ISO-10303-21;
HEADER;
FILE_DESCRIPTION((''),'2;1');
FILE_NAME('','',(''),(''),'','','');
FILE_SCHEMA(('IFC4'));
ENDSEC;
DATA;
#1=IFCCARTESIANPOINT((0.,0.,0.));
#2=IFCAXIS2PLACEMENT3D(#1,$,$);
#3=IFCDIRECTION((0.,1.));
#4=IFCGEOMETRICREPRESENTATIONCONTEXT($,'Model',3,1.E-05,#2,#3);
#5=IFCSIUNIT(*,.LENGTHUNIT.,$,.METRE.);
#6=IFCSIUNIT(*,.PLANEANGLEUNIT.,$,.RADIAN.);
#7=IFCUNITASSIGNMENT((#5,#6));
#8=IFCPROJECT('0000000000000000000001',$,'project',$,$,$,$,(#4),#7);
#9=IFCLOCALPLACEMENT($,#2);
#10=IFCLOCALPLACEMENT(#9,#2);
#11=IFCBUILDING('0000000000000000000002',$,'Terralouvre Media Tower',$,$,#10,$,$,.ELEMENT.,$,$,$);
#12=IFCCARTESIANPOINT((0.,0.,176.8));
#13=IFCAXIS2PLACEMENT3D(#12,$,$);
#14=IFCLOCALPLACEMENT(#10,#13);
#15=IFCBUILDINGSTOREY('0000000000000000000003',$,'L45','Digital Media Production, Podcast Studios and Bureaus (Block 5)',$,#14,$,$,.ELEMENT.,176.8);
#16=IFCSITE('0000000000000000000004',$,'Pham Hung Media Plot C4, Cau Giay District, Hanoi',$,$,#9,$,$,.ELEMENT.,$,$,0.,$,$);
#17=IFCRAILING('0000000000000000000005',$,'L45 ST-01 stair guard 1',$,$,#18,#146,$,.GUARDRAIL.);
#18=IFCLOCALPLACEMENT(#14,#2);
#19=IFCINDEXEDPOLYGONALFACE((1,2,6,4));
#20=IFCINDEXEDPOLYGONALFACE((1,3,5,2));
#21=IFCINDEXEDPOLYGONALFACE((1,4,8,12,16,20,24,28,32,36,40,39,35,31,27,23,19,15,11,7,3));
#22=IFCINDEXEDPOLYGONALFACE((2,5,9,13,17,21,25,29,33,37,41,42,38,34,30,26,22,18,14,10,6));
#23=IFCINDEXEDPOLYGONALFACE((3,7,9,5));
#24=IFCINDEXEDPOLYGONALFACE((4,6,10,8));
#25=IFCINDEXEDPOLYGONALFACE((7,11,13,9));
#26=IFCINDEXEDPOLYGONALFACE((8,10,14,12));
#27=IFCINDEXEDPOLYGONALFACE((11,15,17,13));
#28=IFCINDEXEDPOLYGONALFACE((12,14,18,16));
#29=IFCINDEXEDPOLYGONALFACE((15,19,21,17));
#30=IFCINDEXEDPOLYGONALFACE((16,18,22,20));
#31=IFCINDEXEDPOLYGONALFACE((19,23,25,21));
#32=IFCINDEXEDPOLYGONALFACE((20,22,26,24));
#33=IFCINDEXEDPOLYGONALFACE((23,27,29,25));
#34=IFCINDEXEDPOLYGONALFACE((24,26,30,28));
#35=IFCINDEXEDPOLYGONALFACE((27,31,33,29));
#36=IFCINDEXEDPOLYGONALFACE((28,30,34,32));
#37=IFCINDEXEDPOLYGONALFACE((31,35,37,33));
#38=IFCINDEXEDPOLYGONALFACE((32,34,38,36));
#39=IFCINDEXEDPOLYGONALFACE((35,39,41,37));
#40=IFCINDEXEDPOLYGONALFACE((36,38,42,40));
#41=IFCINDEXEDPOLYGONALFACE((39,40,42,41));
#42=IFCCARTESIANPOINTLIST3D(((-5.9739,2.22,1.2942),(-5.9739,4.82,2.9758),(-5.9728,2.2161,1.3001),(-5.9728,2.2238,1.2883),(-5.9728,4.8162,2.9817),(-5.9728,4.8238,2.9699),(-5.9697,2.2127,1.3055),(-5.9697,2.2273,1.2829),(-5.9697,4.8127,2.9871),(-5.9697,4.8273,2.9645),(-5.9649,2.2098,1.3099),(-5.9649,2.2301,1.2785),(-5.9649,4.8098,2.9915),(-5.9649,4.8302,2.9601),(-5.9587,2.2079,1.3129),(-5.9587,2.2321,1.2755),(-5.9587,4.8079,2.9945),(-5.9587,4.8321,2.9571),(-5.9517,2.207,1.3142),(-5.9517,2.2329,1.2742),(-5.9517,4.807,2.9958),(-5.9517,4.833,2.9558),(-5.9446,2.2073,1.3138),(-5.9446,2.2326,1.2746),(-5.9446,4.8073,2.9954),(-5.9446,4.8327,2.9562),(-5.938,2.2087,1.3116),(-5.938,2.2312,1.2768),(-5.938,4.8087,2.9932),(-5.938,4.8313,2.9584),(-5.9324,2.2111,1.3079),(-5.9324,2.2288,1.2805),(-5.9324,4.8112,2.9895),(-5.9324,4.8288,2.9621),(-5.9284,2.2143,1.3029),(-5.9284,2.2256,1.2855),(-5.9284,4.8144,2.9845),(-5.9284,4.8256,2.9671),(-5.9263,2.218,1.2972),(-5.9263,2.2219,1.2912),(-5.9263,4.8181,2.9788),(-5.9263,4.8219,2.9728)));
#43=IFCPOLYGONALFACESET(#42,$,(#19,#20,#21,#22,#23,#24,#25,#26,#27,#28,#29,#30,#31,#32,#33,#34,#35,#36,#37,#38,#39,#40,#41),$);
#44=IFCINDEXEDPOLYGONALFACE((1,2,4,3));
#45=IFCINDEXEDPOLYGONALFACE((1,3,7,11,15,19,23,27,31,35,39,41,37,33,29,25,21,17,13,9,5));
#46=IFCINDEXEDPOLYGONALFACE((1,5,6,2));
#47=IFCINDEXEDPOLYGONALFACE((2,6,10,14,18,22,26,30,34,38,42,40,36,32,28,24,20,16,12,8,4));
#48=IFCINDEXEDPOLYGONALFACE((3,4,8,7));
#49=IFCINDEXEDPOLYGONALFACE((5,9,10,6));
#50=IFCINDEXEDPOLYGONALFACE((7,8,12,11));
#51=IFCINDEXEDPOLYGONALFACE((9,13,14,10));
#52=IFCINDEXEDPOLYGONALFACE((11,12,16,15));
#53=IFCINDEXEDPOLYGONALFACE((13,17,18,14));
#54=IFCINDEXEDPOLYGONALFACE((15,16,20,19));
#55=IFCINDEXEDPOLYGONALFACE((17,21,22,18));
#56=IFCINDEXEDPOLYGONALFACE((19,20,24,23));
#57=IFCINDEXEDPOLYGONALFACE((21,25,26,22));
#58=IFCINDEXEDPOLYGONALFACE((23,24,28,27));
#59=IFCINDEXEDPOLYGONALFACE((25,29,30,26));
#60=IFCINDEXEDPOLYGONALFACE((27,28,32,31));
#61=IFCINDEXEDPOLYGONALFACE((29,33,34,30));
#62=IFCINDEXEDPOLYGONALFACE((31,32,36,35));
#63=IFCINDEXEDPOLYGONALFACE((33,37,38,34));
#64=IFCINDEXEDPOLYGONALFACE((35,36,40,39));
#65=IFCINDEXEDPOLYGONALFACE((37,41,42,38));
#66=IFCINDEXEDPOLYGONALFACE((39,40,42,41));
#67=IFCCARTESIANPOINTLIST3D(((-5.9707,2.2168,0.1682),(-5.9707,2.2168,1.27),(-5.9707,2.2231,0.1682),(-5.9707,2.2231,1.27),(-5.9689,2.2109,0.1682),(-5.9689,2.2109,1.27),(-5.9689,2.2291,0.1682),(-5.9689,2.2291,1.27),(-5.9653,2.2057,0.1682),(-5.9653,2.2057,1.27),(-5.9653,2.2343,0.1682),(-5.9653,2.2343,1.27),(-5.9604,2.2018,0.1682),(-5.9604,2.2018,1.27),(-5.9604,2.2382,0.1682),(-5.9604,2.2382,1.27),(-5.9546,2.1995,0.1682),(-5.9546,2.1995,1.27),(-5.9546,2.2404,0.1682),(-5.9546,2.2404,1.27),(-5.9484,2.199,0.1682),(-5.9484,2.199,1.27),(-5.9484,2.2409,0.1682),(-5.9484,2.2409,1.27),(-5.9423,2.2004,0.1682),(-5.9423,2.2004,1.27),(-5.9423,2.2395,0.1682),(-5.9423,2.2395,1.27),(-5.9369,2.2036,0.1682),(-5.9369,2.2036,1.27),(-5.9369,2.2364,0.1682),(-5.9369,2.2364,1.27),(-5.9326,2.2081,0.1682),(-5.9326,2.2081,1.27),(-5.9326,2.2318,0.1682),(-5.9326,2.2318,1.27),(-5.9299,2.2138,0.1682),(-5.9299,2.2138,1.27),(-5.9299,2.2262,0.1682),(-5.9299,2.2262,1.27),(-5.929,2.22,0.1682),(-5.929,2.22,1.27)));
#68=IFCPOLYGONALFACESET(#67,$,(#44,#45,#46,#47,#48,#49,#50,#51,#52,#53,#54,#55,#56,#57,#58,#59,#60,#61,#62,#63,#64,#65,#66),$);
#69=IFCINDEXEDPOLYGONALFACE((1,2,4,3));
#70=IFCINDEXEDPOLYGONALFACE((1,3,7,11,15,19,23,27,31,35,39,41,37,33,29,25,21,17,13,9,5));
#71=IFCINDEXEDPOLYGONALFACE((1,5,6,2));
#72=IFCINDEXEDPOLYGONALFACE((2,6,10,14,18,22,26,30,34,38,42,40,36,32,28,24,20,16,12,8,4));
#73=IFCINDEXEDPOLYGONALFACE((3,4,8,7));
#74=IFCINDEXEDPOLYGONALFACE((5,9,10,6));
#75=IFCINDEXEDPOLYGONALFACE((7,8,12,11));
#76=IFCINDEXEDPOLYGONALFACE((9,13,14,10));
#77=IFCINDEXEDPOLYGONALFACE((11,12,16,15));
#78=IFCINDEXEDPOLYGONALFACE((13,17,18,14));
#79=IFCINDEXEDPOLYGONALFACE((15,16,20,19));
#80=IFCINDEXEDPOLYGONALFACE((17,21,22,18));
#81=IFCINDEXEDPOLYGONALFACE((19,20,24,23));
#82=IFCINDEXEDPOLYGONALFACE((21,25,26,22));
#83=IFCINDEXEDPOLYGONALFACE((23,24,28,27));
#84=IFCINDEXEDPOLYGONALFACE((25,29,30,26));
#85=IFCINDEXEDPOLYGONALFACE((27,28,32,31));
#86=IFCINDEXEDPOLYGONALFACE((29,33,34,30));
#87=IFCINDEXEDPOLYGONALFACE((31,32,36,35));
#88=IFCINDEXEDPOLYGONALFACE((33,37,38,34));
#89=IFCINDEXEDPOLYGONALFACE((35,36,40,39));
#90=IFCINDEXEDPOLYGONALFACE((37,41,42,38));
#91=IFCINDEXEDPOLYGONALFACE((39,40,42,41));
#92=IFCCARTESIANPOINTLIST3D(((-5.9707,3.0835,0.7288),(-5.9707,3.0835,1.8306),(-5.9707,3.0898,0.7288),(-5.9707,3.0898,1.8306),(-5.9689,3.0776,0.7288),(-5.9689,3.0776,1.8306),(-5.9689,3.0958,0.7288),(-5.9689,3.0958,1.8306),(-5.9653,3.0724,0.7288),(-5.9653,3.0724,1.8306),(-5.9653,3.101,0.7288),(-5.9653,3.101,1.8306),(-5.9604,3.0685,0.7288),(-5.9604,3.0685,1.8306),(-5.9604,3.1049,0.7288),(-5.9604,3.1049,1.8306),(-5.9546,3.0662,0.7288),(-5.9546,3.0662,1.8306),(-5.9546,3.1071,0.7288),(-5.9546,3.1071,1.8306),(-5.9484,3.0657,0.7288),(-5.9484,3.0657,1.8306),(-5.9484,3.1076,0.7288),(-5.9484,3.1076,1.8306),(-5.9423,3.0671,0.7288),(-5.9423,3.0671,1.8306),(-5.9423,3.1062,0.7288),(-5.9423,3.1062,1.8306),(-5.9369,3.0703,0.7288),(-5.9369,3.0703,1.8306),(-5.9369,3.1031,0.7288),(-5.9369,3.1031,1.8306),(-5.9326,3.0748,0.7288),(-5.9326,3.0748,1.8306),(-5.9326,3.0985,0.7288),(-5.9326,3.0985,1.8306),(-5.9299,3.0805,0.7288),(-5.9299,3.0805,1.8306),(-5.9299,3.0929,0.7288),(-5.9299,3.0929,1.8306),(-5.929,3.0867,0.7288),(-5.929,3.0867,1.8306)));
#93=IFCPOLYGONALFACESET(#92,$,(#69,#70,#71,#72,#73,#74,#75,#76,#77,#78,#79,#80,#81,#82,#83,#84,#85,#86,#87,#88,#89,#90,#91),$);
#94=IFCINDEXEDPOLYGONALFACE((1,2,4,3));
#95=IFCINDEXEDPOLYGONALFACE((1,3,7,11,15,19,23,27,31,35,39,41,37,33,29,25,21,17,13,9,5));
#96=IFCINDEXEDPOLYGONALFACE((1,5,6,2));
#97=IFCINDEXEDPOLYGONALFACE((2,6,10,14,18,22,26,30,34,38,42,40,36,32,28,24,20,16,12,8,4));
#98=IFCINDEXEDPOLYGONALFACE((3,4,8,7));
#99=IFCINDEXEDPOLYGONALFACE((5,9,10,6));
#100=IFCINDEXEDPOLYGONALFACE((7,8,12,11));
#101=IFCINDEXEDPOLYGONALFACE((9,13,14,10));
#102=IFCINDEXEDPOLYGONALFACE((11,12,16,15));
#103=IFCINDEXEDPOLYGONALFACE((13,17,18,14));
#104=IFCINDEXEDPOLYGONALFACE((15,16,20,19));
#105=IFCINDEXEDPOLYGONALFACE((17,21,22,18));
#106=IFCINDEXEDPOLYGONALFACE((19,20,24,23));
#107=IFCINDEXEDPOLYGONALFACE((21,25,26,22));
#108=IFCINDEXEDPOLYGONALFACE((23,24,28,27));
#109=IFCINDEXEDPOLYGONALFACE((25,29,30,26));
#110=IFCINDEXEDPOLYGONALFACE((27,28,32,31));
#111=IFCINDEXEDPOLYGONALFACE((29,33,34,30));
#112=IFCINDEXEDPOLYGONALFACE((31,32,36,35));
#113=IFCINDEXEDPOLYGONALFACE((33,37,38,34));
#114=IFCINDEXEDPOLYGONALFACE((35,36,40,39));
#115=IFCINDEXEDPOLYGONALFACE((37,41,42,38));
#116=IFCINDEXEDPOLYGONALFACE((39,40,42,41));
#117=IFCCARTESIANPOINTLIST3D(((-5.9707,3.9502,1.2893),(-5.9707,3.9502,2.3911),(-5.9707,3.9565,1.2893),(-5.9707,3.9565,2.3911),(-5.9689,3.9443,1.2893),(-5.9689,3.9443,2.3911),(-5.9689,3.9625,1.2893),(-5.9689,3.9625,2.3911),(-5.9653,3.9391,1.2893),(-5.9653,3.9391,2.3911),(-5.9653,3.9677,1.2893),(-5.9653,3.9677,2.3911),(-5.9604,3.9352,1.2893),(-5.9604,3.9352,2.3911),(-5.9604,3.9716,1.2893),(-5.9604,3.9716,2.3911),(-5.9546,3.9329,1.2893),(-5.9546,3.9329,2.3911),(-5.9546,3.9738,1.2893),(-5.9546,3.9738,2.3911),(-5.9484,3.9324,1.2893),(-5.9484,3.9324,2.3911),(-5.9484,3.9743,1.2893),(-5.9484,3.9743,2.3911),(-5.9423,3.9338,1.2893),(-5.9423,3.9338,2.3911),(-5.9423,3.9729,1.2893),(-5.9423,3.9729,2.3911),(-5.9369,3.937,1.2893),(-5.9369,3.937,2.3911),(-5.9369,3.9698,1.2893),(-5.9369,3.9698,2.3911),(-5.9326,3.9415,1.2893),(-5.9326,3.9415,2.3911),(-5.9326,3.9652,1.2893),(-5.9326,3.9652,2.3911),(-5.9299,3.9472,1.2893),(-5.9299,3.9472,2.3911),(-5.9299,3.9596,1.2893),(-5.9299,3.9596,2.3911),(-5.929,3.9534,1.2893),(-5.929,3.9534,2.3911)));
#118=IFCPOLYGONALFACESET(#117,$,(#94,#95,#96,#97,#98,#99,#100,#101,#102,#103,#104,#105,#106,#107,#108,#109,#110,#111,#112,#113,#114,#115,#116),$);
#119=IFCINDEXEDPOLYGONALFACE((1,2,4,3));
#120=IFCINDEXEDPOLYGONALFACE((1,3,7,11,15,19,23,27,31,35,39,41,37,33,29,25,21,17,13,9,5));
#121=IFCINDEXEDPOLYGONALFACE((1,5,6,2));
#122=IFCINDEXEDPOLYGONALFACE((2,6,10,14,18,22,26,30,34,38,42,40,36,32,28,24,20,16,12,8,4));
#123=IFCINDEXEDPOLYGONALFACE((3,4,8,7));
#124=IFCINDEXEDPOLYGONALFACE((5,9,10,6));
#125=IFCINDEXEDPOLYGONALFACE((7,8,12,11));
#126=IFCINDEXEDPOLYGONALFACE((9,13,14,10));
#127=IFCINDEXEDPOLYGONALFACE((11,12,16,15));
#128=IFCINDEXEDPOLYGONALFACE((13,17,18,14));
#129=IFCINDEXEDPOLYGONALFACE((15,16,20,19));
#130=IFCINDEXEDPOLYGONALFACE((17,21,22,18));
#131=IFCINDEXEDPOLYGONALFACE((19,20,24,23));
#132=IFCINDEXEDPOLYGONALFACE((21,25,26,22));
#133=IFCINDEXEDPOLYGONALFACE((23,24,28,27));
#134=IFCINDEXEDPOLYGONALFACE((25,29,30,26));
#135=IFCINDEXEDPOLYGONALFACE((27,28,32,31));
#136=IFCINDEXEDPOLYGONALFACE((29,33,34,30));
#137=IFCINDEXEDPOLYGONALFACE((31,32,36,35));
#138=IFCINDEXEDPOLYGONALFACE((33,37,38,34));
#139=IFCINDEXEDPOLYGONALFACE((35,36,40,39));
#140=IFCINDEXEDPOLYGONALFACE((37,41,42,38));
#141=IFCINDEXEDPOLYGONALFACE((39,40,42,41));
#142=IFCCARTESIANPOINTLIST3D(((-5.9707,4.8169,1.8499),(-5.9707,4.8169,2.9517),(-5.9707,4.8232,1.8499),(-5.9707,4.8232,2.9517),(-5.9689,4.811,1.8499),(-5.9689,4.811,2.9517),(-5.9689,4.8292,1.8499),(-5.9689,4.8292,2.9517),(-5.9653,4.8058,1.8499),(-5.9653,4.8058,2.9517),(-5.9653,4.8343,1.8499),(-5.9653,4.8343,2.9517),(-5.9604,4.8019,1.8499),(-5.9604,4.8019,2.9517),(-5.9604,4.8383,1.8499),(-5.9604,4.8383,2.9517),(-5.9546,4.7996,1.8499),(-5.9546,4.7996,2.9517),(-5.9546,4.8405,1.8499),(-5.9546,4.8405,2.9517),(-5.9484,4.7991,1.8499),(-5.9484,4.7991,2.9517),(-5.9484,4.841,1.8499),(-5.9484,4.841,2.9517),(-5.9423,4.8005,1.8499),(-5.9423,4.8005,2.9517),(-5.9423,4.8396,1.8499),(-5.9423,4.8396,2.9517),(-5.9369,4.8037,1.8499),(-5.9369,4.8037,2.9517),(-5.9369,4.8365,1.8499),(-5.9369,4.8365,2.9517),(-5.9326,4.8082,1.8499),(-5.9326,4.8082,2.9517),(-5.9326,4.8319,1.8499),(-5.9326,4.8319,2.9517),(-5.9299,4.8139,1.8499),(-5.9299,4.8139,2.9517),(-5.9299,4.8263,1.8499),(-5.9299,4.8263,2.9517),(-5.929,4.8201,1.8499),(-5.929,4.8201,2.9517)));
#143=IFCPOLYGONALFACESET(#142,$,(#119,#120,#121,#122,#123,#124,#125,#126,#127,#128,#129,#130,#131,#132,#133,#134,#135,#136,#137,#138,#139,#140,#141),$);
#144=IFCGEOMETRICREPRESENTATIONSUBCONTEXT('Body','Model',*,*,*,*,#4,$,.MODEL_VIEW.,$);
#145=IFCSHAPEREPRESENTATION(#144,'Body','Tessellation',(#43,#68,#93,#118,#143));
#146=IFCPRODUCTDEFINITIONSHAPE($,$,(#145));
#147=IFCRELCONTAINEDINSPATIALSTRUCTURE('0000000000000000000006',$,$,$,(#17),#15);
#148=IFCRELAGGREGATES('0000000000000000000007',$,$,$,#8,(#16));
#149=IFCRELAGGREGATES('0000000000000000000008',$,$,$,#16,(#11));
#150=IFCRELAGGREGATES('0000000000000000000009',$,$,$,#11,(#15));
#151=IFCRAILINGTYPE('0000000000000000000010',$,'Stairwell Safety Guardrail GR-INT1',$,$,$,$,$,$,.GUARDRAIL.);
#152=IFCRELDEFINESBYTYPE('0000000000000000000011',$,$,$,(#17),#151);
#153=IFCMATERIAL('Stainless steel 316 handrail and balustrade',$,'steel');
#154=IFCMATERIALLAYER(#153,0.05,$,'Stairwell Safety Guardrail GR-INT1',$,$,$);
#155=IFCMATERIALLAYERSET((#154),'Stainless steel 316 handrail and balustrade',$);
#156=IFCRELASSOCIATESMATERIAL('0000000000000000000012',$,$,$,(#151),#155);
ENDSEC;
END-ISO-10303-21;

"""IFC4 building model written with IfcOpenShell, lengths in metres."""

from ifc_helpers import new_model, si_unit, direction, frame, origin, origin_2d, place, context, subcontext, project, spatial, circle, extrude, material, layer, layer_set, type_object, element, save


model = new_model("IFC4")

# Units and contexts
model_context = context("Model", 3, precision=1e-05, world=origin(), true_north=direction((0.0, 1.0)))
body_context = subcontext(model_context, "Body", "Model", "MODEL_VIEW")
ifc_project = project(units=[si_unit("LENGTHUNIT", "METRE"), si_unit("PLANEANGLEUNIT", "RADIAN")], contexts=[model_context])

# Site, building, storey
site_placement = place(None, origin())
site = spatial("IfcSite", under=ifc_project, at=site_placement, Name="Pham Hung Media Plot C4, Cau Giay District, Hanoi", CompositionType="ELEMENT", RefElevation=0.0)
building_placement = place(site_placement, origin())
building = spatial("IfcBuilding", under=site, at=building_placement, Name="Terralouvre Media Tower", CompositionType="ELEMENT")
storey_placement = place(building_placement, frame((0.0, 0.0, 176.8)))
storey = spatial("IfcBuildingStorey", under=building, at=storey_placement, Name="L45", Description="Digital Media Production, Podcast Studios and Bureaus (Block 5)", CompositionType="ELEMENT", Elevation=176.8)

# Railing
ifc_material_1 = material(Name="Stainless steel 316 handrail and balustrade", Category="steel")
ifc_layer_1 = layer(ifc_material_1, 0.05, Name="Stairwell Safety Guardrail GR-INT1")
ifc_layer_set_1 = layer_set([ifc_layer_1], Name="Stainless steel 316 handrail and balustrade")
railing_type_1 = type_object("IfcRailingType", Name="Stairwell Safety Guardrail GR-INT1", PredefinedType="GUARDRAIL", material=ifc_layer_set_1)
railing_1_placement = place(storey_placement, frame((-5.95, 2.22, 0.1682)))
element("IfcRailing", 1, at=railing_1_placement, inside=storey, type_object=railing_type_1, Name="L45 ST-01 stair guard 1", PredefinedType="GUARDRAIL", context=body_context, shape_type="SweptSolid", body=[
    extrude(circle(Radius=0.0239, at=origin_2d()), frame((0.0, 0.0, 1.126), z_axis=(0.0, 0.839684, 0.543075), x_axis=(-1.0, 0.0, 0.0)), (0.0, 0.0, 1.0), 3.0964),
    extrude(circle(Radius=0.021, at=origin_2d()), origin(), (0.0, 0.0, 1.0), 1.1018),
    extrude(circle(Radius=0.021, at=origin_2d()), frame((0.0, 0.8667, 0.5605)), (0.0, 0.0, 1.0), 1.1018),
    extrude(circle(Radius=0.021, at=origin_2d()), frame((0.0, 1.7334, 1.1211)), (0.0, 0.0, 1.0), 1.1018),
    extrude(circle(Radius=0.021, at=origin_2d()), frame((0.0, 2.6001, 1.6816)), (0.0, 0.0, 1.0), 1.1018),
])

save(model, "model.ifc")
